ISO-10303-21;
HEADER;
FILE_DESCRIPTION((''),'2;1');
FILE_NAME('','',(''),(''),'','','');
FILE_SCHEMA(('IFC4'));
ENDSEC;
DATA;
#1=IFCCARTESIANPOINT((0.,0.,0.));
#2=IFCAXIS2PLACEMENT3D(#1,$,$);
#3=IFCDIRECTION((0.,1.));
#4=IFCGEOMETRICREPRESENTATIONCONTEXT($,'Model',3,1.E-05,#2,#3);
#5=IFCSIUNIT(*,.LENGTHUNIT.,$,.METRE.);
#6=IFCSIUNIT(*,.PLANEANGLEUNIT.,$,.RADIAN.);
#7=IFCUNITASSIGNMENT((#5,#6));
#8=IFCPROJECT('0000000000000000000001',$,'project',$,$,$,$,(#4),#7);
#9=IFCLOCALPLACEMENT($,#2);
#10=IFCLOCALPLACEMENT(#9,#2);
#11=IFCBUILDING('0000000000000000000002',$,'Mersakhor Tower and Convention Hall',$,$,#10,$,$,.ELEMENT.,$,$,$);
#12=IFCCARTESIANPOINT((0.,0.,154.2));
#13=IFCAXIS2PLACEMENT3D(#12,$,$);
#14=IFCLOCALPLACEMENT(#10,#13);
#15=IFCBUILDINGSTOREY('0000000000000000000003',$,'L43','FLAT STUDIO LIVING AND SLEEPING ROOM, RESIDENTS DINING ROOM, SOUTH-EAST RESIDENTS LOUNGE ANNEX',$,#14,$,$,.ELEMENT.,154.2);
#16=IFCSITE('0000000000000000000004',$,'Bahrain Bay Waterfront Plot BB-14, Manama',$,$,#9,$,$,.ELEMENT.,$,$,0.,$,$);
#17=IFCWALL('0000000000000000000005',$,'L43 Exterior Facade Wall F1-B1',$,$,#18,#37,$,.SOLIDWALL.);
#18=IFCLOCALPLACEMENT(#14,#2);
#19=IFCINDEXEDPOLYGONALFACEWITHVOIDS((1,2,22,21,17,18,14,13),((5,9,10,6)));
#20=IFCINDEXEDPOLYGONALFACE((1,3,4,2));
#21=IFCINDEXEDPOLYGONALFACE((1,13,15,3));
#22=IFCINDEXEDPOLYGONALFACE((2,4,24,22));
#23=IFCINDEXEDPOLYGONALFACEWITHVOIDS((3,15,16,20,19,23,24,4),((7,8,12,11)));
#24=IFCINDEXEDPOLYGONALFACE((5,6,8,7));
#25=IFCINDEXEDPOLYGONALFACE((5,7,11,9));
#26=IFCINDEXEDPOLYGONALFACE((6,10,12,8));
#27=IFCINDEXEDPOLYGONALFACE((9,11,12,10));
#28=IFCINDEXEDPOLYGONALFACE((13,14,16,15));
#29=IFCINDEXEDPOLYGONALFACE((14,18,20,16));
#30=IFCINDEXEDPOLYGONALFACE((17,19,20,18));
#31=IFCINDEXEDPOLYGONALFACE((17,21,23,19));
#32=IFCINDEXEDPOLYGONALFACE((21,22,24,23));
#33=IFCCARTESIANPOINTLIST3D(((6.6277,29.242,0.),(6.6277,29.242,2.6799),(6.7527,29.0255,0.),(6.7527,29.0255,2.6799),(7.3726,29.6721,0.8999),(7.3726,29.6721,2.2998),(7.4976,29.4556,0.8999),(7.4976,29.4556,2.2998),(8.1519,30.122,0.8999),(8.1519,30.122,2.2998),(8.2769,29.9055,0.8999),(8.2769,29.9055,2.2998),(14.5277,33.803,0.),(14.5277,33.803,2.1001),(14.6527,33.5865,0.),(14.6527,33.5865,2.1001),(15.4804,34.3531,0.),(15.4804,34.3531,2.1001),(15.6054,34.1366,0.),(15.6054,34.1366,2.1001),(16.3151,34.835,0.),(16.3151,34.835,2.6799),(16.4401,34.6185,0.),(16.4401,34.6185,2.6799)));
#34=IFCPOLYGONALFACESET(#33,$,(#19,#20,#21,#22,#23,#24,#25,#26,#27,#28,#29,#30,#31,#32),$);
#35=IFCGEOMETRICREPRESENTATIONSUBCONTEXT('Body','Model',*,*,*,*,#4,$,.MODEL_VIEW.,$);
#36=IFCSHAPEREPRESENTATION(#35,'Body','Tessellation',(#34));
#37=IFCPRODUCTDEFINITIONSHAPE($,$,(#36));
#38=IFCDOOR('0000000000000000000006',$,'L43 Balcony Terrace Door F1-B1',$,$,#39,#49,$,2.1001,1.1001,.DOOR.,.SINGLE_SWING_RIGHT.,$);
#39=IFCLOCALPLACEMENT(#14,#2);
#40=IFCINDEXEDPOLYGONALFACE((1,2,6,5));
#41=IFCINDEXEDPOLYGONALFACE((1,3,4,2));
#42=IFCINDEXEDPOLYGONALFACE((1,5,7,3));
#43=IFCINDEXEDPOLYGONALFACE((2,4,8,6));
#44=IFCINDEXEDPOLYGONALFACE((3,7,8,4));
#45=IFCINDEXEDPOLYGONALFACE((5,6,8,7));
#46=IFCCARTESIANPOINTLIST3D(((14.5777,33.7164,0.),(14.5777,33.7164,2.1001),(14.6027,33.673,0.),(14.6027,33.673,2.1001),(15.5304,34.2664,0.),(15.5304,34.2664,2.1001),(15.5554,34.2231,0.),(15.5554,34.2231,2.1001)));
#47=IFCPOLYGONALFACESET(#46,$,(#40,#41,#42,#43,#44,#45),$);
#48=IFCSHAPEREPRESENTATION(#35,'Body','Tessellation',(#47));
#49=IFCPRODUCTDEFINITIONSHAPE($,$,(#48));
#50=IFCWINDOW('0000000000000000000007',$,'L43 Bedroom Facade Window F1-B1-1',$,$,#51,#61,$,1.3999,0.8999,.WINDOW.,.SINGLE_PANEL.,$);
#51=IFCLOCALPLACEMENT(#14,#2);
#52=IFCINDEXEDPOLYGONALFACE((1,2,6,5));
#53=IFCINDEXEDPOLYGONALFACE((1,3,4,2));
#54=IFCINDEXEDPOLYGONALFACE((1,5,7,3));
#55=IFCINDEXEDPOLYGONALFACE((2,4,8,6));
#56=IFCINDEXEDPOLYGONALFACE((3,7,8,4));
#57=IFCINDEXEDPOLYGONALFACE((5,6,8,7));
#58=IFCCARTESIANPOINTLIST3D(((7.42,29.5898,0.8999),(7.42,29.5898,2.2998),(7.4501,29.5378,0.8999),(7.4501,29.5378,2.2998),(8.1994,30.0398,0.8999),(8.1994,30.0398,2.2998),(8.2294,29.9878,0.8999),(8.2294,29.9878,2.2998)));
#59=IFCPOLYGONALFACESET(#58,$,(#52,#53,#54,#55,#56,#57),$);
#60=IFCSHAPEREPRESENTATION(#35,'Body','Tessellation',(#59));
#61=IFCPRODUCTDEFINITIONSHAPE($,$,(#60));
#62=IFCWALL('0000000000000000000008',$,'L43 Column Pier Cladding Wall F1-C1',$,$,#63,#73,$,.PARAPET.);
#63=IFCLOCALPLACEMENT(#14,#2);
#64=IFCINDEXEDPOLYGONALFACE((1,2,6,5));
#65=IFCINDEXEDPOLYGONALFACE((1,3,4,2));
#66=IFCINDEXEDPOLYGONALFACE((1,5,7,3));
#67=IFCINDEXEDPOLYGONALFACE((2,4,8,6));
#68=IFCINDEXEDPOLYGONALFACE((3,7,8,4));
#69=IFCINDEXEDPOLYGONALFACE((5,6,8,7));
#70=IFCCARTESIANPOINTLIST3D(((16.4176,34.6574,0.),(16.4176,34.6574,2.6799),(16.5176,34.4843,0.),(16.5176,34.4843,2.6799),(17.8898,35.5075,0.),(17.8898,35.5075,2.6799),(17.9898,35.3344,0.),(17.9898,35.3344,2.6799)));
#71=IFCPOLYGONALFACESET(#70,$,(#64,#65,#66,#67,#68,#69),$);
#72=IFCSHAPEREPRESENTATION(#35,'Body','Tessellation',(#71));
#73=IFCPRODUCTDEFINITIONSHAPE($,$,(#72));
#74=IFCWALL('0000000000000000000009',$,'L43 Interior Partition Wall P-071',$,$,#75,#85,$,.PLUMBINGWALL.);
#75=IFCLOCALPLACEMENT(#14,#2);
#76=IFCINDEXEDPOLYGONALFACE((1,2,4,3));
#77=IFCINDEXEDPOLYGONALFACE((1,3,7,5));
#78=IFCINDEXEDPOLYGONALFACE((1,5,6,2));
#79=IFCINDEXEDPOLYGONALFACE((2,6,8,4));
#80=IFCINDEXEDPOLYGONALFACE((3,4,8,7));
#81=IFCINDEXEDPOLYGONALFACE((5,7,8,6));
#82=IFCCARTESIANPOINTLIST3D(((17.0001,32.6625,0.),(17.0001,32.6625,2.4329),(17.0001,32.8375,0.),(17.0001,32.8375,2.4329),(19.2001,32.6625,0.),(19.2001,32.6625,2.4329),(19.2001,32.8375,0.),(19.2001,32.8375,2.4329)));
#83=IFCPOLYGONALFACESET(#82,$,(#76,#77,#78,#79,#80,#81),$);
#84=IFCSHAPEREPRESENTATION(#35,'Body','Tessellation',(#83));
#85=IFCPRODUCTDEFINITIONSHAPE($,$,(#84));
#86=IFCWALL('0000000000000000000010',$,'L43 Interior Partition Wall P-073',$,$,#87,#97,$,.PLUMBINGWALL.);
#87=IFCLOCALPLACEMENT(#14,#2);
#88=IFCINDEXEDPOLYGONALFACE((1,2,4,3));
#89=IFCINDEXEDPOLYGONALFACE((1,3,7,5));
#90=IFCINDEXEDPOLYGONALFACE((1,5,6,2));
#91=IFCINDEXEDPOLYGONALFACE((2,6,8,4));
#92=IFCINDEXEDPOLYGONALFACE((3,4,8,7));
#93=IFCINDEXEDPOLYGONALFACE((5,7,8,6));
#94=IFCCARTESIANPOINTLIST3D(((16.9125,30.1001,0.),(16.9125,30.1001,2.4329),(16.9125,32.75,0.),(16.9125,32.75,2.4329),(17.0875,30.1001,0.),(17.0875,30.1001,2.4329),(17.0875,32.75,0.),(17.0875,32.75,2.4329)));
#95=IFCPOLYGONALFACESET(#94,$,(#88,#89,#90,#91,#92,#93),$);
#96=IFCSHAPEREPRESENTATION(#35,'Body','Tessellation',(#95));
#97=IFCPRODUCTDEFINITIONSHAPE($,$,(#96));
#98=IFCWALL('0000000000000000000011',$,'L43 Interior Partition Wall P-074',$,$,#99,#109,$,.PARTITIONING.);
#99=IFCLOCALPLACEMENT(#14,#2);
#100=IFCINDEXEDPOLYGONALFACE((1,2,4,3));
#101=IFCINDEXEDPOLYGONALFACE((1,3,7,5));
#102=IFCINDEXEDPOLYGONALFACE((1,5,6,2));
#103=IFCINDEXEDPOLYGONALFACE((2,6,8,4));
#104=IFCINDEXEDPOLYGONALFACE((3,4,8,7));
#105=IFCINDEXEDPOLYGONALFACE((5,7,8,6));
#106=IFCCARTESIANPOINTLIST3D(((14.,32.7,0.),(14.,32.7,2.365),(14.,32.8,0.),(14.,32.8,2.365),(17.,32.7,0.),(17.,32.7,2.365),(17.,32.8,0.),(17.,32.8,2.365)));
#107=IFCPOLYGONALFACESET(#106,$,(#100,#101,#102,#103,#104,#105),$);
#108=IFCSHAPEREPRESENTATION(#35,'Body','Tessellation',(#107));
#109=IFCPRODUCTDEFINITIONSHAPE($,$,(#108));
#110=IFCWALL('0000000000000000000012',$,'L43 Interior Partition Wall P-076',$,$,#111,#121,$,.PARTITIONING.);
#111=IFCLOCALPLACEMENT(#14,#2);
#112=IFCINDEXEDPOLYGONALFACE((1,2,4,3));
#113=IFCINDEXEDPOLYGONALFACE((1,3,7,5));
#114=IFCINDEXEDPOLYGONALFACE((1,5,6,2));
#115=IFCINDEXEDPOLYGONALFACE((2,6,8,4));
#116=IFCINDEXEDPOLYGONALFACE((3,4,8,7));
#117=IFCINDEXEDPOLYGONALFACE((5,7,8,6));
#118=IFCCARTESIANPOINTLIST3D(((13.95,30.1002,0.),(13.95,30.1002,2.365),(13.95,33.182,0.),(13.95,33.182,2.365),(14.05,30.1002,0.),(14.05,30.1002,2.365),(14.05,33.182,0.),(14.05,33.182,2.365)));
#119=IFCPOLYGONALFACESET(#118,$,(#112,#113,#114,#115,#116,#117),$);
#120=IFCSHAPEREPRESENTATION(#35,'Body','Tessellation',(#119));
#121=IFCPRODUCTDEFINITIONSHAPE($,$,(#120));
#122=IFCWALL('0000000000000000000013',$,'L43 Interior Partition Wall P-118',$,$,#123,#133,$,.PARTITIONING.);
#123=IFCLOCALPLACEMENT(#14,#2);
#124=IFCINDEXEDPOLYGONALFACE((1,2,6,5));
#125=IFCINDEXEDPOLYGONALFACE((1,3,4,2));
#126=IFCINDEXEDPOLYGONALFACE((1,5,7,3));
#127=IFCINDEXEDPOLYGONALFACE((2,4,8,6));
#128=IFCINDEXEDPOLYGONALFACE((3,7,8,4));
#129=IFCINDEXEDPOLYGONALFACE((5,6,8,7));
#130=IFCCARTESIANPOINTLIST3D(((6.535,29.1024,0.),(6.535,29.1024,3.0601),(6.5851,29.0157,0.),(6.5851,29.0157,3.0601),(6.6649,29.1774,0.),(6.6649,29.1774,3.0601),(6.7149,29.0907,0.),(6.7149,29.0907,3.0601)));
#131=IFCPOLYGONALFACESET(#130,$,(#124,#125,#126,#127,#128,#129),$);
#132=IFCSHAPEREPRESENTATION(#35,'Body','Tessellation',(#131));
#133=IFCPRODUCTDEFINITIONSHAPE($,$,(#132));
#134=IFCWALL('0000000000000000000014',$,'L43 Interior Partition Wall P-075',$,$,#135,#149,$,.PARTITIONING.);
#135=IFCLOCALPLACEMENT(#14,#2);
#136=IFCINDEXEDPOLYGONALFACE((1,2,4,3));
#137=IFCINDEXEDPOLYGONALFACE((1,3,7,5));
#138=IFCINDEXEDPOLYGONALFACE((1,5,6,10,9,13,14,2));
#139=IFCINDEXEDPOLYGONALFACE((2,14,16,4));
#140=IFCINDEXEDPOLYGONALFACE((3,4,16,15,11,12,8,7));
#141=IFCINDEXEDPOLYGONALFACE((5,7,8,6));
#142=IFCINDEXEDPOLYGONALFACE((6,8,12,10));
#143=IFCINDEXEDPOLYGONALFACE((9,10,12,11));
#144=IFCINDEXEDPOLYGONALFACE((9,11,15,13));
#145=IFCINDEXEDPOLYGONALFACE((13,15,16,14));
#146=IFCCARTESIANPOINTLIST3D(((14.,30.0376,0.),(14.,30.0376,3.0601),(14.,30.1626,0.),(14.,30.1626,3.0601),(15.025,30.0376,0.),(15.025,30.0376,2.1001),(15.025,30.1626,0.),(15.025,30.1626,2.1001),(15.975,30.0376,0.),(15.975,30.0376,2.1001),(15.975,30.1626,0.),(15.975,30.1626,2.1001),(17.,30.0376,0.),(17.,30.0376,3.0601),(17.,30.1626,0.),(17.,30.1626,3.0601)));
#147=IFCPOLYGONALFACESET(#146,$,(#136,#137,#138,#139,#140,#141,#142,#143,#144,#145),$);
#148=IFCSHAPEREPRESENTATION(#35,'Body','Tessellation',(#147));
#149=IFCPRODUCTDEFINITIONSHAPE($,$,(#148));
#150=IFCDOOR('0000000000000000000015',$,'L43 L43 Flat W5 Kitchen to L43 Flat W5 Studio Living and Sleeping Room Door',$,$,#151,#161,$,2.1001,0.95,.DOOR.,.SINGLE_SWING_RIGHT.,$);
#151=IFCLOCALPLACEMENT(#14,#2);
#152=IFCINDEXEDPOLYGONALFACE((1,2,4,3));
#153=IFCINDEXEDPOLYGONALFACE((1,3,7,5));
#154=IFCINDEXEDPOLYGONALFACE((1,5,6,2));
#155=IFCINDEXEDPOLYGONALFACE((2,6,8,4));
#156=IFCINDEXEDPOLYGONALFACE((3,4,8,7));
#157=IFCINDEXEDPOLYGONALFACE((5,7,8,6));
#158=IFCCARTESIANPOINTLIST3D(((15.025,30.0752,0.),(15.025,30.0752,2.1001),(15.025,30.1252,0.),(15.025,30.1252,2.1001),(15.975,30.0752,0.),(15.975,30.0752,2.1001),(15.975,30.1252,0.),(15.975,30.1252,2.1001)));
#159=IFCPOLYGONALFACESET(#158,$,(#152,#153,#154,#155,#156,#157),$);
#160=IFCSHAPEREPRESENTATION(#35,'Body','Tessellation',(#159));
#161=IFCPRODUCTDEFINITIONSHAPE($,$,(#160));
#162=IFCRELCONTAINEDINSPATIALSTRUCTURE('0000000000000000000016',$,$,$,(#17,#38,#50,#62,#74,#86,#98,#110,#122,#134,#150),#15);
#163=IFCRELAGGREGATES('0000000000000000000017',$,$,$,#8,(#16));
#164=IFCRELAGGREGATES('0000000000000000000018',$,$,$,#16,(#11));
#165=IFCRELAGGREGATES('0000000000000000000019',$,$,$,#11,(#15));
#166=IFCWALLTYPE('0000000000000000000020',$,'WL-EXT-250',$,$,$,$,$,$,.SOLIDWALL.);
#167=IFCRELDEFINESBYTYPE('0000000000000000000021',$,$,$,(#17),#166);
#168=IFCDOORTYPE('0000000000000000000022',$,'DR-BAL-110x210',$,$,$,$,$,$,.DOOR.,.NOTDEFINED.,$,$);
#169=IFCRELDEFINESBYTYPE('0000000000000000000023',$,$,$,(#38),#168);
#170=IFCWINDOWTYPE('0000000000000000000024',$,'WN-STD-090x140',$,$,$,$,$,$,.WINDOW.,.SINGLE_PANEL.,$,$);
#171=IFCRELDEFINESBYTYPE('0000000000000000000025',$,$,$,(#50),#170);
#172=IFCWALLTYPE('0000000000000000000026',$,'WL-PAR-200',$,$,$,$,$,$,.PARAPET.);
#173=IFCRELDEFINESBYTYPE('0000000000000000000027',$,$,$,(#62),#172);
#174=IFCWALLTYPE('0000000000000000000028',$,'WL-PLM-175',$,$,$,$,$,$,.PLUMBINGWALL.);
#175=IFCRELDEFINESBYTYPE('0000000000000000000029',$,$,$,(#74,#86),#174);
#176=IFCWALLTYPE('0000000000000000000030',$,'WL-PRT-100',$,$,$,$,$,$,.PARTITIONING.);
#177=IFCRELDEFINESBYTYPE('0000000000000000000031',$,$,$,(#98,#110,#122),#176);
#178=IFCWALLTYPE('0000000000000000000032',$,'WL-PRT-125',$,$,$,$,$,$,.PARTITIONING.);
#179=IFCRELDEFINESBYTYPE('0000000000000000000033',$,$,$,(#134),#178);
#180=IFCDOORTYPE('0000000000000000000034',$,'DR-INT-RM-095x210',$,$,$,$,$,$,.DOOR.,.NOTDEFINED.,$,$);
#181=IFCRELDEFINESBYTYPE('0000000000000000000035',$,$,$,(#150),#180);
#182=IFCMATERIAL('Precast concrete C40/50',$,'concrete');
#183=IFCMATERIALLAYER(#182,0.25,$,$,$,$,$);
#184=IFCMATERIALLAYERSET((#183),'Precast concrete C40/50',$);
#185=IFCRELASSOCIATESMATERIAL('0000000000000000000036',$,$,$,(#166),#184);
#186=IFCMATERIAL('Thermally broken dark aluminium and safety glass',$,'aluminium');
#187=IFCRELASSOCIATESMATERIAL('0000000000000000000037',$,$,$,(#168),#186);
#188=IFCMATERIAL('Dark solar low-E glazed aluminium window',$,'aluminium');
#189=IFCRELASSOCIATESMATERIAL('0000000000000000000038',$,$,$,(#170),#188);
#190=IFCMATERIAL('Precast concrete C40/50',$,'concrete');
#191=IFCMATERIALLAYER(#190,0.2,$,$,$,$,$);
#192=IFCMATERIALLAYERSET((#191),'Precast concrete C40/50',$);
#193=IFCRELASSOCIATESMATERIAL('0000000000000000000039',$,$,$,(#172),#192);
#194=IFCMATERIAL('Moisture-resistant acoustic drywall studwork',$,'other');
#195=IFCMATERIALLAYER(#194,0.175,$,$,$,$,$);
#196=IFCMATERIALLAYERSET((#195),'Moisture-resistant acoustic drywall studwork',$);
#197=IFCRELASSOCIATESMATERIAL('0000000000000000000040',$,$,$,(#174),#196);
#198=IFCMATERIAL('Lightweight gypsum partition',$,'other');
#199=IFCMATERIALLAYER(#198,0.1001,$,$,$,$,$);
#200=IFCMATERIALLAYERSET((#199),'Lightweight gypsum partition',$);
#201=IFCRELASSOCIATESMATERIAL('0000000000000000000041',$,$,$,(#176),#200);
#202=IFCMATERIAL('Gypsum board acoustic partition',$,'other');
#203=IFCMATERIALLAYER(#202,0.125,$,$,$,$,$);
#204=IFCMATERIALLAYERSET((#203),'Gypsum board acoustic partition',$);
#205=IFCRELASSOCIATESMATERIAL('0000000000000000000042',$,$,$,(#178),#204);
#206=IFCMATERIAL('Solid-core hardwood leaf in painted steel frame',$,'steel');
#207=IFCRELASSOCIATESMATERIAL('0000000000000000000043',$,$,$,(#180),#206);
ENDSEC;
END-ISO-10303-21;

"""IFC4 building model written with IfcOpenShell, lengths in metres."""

from ifc_helpers import new_model, si_unit, direction, frame, frame_2d, origin, place, context, subcontext, project, spatial, rectangle, extrude, material, layer, layer_set, type_object, element, fill, save


model = new_model("IFC4")

# Units and contexts
model_context = context("Model", 3, precision=1e-05, world=origin(), true_north=direction((0.0, 1.0)))
body_context = subcontext(model_context, "Body", "Model", "MODEL_VIEW")
ifc_project = project(units=[si_unit("LENGTHUNIT", "METRE"), si_unit("PLANEANGLEUNIT", "RADIAN")], contexts=[model_context])

# Site, building, storey
site_placement = place(None, origin())
site = spatial("IfcSite", under=ifc_project, at=site_placement, Name="Bahrain Bay Waterfront Plot BB-14, Manama", CompositionType="ELEMENT", RefElevation=0.0)
building_placement = place(site_placement, origin())
building = spatial("IfcBuilding", under=site, at=building_placement, Name="Mersakhor Tower and Convention Hall", CompositionType="ELEMENT")
storey_placement = place(building_placement, frame((0.0, 0.0, 154.2)))
storey = spatial("IfcBuildingStorey", under=building, at=storey_placement, Name="L43", Description="FLAT STUDIO LIVING AND SLEEPING ROOM, RESIDENTS DINING ROOM, SOUTH-EAST RESIDENTS LOUNGE ANNEX", CompositionType="ELEMENT", Elevation=154.2)

# Wall, openings, door, window
ifc_material_1 = material(Name="Precast concrete C40/50", Category="concrete")
ifc_layer_1 = layer(ifc_material_1, 0.25)
ifc_layer_set_1 = layer_set([ifc_layer_1], Name="Precast concrete C40/50")
wall_type_1 = type_object("IfcWallType", Name="WL-EXT-250", PredefinedType="SOLIDWALL", material=ifc_layer_set_1)
wall_1_placement = place(storey_placement, frame((6.6902, 29.1338, 0.0), z_axis=(0.0, 0.0, 1.0), x_axis=(0.866028, 0.499996, 0.0)))
wall_1 = element("IfcWall", 1, at=wall_1_placement, inside=storey, type_object=wall_type_1, Name="L43 Exterior Facade Wall F1-B1", PredefinedType="SOLIDWALL", context=body_context, shape_type="SweptSolid", body=[
    extrude(rectangle(XDim=11.186, YDim=0.25, at=frame_2d((5.593, 0.0))), origin(), (0.0, 0.0, 1.0), 2.6799),
])
opening_1_placement = place(wall_1_placement, frame((9.1221, 0.0, 0.0)))
opening_1 = element("IfcOpeningElement", 2, at=opening_1_placement, cuts=wall_1, PredefinedType="OPENING", context=body_context, shape_type="SweptSolid", body=[
    extrude(rectangle(XDim=1.1001, YDim=2.1001, at=frame_2d((0.55, 1.05))), frame((0.0, 0.135, 0.0), z_axis=(0.0, -1.0, 0.0), x_axis=(1.0, 0.0, 0.0)), (0.0, 0.0, 1.0), 0.27),
])
opening_2_placement = place(wall_1_placement, frame((0.8601, 0.0, 0.8999)))
opening_2 = element("IfcOpeningElement", 3, at=opening_2_placement, cuts=wall_1, PredefinedType="OPENING", context=body_context, shape_type="SweptSolid", body=[
    extrude(rectangle(XDim=0.8999, YDim=1.3999, at=frame_2d((0.45, 0.7))), frame((0.0, 0.135, 0.0), z_axis=(0.0, -1.0, 0.0), x_axis=(1.0, 0.0, 0.0)), (0.0, 0.0, 1.0), 0.27),
])
ifc_material_2 = material(Name="Thermally broken dark aluminium and safety glass", Category="aluminium")
door_type_1 = type_object("IfcDoorType", Name="DR-BAL-110x210", OperationType="NOTDEFINED", PredefinedType="DOOR", material=ifc_material_2)
door_1_placement = place(opening_1_placement, origin())
door_1 = element("IfcDoor", 4, at=door_1_placement, inside=storey, type_object=door_type_1, Name="L43 Balcony Terrace Door F1-B1", OperationType="SINGLE_SWING_RIGHT", OverallHeight=2.1001, OverallWidth=1.1001, PredefinedType="DOOR", context=body_context, shape_type="SweptSolid", body=[
    extrude(rectangle(XDim=1.1001, YDim=2.1001, at=frame_2d((0.55, 1.05))), frame((0.0, 0.0249, 0.0), z_axis=(0.0, -1.0, 0.0), x_axis=(1.0, 0.0, 0.0)), (0.0, 0.0, 1.0), 0.05),
])
fill(opening_1, door_1)
ifc_material_3 = material(Name="Dark solar low-E glazed aluminium window", Category="aluminium")
window_type = type_object("IfcWindowType", Name="WN-STD-090x140", PartitioningType="SINGLE_PANEL", PredefinedType="WINDOW", material=ifc_material_3)
window_placement = place(opening_2_placement, origin())
window = element("IfcWindow", 5, at=window_placement, inside=storey, type_object=window_type, Name="L43 Bedroom Facade Window F1-B1-1", OverallHeight=1.3999, OverallWidth=0.8999, PartitioningType="SINGLE_PANEL", PredefinedType="WINDOW", context=body_context, shape_type="SweptSolid", body=[
    extrude(rectangle(XDim=0.8999, YDim=1.3999, at=frame_2d((0.45, 0.7))), frame((0.0, 0.03, 0.0), z_axis=(0.0, -1.0, 0.0), x_axis=(1.0, 0.0, 0.0)), (0.0, 0.0, 1.0), 0.0601),
])
fill(opening_2, window)

# Walls
ifc_material_4 = material(Name="Precast concrete C40/50", Category="concrete")
ifc_layer_2 = layer(ifc_material_4, 0.2)
ifc_layer_set_2 = layer_set([ifc_layer_2], Name="Precast concrete C40/50")
wall_type_2 = type_object("IfcWallType", Name="WL-PAR-200", PredefinedType="PARAPET", material=ifc_layer_set_2)
wall_2_placement = place(storey_placement, frame((16.4675, 34.5708, 0.0), z_axis=(0.0, 0.0, 1.0), x_axis=(0.865989, 0.500062, 0.0)))
element("IfcWall", 6, at=wall_2_placement, inside=storey, type_object=wall_type_2, Name="L43 Column Pier Cladding Wall F1-C1", PredefinedType="PARAPET", context=body_context, shape_type="SweptSolid", body=[
    extrude(rectangle(XDim=1.7, YDim=0.2, at=frame_2d((0.8501, 0.0))), origin(), (0.0, 0.0, 1.0), 2.6799),
])
ifc_material_5 = material(Name="Moisture-resistant acoustic drywall studwork", Category="other")
ifc_layer_3 = layer(ifc_material_5, 0.175)
ifc_layer_set_3 = layer_set([ifc_layer_3], Name="Moisture-resistant acoustic drywall studwork")
wall_type_3 = type_object("IfcWallType", Name="WL-PLM-175", PredefinedType="PLUMBINGWALL", material=ifc_layer_set_3)
wall_3_placement = place(storey_placement, frame((17.0, 32.75, 0.0), z_axis=(0.0, 0.0, 1.0), x_axis=(1.0, 0.0, 0.0)))
element("IfcWall", 7, at=wall_3_placement, inside=storey, type_object=wall_type_3, Name="L43 Interior Partition Wall P-071", PredefinedType="PLUMBINGWALL", context=body_context, shape_type="SweptSolid", body=[
    extrude(rectangle(XDim=2.2, YDim=0.175, at=frame_2d((1.1001, 0.0))), origin(), (0.0, 0.0, 1.0), 2.4329),
])
wall_4_placement = place(storey_placement, frame((17.0, 30.1001, 0.0), z_axis=(0.0, 0.0, 1.0), x_axis=(0.0, 1.0, 0.0)))
element("IfcWall", 8, at=wall_4_placement, inside=storey, type_object=wall_type_3, Name="L43 Interior Partition Wall P-073", PredefinedType="PLUMBINGWALL", context=body_context, shape_type="SweptSolid", body=[
    extrude(rectangle(XDim=2.6499, YDim=0.175, at=frame_2d((1.325, 0.0))), origin(), (0.0, 0.0, 1.0), 2.4329),
])
ifc_material_6 = material(Name="Lightweight gypsum partition", Category="other")
ifc_layer_4 = layer(ifc_material_6, 0.1001)
ifc_layer_set_4 = layer_set([ifc_layer_4], Name="Lightweight gypsum partition")
wall_type_4 = type_object("IfcWallType", Name="WL-PRT-100", PredefinedType="PARTITIONING", material=ifc_layer_set_4)
wall_5_placement = place(storey_placement, frame((14.0, 32.75, 0.0), z_axis=(0.0, 0.0, 1.0), x_axis=(1.0, 0.0, 0.0)))
element("IfcWall", 9, at=wall_5_placement, inside=storey, type_object=wall_type_4, Name="L43 Interior Partition Wall P-074", PredefinedType="PARTITIONING", context=body_context, shape_type="SweptSolid", body=[
    extrude(rectangle(XDim=3.0, YDim=0.1001, at=frame_2d((1.5, 0.0))), origin(), (0.0, 0.0, 1.0), 2.365),
])
wall_6_placement = place(storey_placement, frame((14.0, 30.1001, 0.0), z_axis=(0.0, 0.0, 1.0), x_axis=(0.0, 1.0, 0.0)))
element("IfcWall", 10, at=wall_6_placement, inside=storey, type_object=wall_type_4, Name="L43 Interior Partition Wall P-076", PredefinedType="PARTITIONING", context=body_context, shape_type="SweptSolid", body=[
    extrude(rectangle(XDim=3.0818, YDim=0.1001, at=frame_2d((1.541, 0.0))), origin(), (0.0, 0.0, 1.0), 2.365),
])
wall_7_placement = place(storey_placement, frame((6.5601, 29.0591, 0.0), z_axis=(0.0, 0.0, 1.0), x_axis=(0.866131, 0.499816, 0.0)))
element("IfcWall", 11, at=wall_7_placement, inside=storey, type_object=wall_type_4, Name="L43 Interior Partition Wall P-118", PredefinedType="PARTITIONING", context=body_context, shape_type="SweptSolid", body=[
    extrude(rectangle(XDim=0.1499, YDim=0.1001, at=frame_2d((0.075, 0.0))), origin(), (0.0, 0.0, 1.0), 3.0601),
])

# Wall, opening, door
ifc_material_7 = material(Name="Gypsum board acoustic partition", Category="other")
ifc_layer_5 = layer(ifc_material_7, 0.125)
ifc_layer_set_5 = layer_set([ifc_layer_5], Name="Gypsum board acoustic partition")
wall_type_5 = type_object("IfcWallType", Name="WL-PRT-125", PredefinedType="PARTITIONING", material=ifc_layer_set_5)
wall_8_placement = place(storey_placement, frame((17.0, 30.1001, 0.0), z_axis=(0.0, 0.0, 1.0), x_axis=(-1.0, 0.0, 0.0)))
wall_8 = element("IfcWall", 12, at=wall_8_placement, inside=storey, type_object=wall_type_5, Name="L43 Interior Partition Wall P-075", PredefinedType="PARTITIONING", context=body_context, shape_type="SweptSolid", body=[
    extrude(rectangle(XDim=3.0, YDim=0.125, at=frame_2d((1.5, 0.0))), origin(), (0.0, 0.0, 1.0), 3.0601),
])
opening_3_placement = place(wall_8_placement, frame((1.0249, 0.0, 0.0)))
opening_3 = element("IfcOpeningElement", 13, at=opening_3_placement, cuts=wall_8, PredefinedType="OPENING", context=body_context, shape_type="SweptSolid", body=[
    extrude(rectangle(XDim=0.95, YDim=2.1001, at=frame_2d((0.4751, 1.05))), frame((0.0, 0.0725, 0.0), z_axis=(0.0, -1.0, 0.0), x_axis=(1.0, 0.0, 0.0)), (0.0, 0.0, 1.0), 0.145),
])
ifc_material_8 = material(Name="Solid-core hardwood leaf in painted steel frame", Category="steel")
door_type_2 = type_object("IfcDoorType", Name="DR-INT-RM-095x210", OperationType="NOTDEFINED", PredefinedType="DOOR", material=ifc_material_8)
door_2_placement = place(opening_3_placement, origin())
door_2 = element("IfcDoor", 14, at=door_2_placement, inside=storey, type_object=door_type_2, Name="L43 L43 Flat W5 Kitchen to L43 Flat W5 Studio Living and Sleeping Room Door", OperationType="SINGLE_SWING_RIGHT", OverallHeight=2.1001, OverallWidth=0.95, PredefinedType="DOOR", context=body_context, shape_type="SweptSolid", body=[
    extrude(rectangle(XDim=0.95, YDim=2.1001, at=frame_2d((0.4751, 1.05))), frame((0.0, 0.0249, 0.0), z_axis=(0.0, -1.0, 0.0), x_axis=(1.0, 0.0, 0.0)), (0.0, 0.0, 1.0), 0.05),
])
fill(opening_3, door_2)

save(model, "model.ifc")
